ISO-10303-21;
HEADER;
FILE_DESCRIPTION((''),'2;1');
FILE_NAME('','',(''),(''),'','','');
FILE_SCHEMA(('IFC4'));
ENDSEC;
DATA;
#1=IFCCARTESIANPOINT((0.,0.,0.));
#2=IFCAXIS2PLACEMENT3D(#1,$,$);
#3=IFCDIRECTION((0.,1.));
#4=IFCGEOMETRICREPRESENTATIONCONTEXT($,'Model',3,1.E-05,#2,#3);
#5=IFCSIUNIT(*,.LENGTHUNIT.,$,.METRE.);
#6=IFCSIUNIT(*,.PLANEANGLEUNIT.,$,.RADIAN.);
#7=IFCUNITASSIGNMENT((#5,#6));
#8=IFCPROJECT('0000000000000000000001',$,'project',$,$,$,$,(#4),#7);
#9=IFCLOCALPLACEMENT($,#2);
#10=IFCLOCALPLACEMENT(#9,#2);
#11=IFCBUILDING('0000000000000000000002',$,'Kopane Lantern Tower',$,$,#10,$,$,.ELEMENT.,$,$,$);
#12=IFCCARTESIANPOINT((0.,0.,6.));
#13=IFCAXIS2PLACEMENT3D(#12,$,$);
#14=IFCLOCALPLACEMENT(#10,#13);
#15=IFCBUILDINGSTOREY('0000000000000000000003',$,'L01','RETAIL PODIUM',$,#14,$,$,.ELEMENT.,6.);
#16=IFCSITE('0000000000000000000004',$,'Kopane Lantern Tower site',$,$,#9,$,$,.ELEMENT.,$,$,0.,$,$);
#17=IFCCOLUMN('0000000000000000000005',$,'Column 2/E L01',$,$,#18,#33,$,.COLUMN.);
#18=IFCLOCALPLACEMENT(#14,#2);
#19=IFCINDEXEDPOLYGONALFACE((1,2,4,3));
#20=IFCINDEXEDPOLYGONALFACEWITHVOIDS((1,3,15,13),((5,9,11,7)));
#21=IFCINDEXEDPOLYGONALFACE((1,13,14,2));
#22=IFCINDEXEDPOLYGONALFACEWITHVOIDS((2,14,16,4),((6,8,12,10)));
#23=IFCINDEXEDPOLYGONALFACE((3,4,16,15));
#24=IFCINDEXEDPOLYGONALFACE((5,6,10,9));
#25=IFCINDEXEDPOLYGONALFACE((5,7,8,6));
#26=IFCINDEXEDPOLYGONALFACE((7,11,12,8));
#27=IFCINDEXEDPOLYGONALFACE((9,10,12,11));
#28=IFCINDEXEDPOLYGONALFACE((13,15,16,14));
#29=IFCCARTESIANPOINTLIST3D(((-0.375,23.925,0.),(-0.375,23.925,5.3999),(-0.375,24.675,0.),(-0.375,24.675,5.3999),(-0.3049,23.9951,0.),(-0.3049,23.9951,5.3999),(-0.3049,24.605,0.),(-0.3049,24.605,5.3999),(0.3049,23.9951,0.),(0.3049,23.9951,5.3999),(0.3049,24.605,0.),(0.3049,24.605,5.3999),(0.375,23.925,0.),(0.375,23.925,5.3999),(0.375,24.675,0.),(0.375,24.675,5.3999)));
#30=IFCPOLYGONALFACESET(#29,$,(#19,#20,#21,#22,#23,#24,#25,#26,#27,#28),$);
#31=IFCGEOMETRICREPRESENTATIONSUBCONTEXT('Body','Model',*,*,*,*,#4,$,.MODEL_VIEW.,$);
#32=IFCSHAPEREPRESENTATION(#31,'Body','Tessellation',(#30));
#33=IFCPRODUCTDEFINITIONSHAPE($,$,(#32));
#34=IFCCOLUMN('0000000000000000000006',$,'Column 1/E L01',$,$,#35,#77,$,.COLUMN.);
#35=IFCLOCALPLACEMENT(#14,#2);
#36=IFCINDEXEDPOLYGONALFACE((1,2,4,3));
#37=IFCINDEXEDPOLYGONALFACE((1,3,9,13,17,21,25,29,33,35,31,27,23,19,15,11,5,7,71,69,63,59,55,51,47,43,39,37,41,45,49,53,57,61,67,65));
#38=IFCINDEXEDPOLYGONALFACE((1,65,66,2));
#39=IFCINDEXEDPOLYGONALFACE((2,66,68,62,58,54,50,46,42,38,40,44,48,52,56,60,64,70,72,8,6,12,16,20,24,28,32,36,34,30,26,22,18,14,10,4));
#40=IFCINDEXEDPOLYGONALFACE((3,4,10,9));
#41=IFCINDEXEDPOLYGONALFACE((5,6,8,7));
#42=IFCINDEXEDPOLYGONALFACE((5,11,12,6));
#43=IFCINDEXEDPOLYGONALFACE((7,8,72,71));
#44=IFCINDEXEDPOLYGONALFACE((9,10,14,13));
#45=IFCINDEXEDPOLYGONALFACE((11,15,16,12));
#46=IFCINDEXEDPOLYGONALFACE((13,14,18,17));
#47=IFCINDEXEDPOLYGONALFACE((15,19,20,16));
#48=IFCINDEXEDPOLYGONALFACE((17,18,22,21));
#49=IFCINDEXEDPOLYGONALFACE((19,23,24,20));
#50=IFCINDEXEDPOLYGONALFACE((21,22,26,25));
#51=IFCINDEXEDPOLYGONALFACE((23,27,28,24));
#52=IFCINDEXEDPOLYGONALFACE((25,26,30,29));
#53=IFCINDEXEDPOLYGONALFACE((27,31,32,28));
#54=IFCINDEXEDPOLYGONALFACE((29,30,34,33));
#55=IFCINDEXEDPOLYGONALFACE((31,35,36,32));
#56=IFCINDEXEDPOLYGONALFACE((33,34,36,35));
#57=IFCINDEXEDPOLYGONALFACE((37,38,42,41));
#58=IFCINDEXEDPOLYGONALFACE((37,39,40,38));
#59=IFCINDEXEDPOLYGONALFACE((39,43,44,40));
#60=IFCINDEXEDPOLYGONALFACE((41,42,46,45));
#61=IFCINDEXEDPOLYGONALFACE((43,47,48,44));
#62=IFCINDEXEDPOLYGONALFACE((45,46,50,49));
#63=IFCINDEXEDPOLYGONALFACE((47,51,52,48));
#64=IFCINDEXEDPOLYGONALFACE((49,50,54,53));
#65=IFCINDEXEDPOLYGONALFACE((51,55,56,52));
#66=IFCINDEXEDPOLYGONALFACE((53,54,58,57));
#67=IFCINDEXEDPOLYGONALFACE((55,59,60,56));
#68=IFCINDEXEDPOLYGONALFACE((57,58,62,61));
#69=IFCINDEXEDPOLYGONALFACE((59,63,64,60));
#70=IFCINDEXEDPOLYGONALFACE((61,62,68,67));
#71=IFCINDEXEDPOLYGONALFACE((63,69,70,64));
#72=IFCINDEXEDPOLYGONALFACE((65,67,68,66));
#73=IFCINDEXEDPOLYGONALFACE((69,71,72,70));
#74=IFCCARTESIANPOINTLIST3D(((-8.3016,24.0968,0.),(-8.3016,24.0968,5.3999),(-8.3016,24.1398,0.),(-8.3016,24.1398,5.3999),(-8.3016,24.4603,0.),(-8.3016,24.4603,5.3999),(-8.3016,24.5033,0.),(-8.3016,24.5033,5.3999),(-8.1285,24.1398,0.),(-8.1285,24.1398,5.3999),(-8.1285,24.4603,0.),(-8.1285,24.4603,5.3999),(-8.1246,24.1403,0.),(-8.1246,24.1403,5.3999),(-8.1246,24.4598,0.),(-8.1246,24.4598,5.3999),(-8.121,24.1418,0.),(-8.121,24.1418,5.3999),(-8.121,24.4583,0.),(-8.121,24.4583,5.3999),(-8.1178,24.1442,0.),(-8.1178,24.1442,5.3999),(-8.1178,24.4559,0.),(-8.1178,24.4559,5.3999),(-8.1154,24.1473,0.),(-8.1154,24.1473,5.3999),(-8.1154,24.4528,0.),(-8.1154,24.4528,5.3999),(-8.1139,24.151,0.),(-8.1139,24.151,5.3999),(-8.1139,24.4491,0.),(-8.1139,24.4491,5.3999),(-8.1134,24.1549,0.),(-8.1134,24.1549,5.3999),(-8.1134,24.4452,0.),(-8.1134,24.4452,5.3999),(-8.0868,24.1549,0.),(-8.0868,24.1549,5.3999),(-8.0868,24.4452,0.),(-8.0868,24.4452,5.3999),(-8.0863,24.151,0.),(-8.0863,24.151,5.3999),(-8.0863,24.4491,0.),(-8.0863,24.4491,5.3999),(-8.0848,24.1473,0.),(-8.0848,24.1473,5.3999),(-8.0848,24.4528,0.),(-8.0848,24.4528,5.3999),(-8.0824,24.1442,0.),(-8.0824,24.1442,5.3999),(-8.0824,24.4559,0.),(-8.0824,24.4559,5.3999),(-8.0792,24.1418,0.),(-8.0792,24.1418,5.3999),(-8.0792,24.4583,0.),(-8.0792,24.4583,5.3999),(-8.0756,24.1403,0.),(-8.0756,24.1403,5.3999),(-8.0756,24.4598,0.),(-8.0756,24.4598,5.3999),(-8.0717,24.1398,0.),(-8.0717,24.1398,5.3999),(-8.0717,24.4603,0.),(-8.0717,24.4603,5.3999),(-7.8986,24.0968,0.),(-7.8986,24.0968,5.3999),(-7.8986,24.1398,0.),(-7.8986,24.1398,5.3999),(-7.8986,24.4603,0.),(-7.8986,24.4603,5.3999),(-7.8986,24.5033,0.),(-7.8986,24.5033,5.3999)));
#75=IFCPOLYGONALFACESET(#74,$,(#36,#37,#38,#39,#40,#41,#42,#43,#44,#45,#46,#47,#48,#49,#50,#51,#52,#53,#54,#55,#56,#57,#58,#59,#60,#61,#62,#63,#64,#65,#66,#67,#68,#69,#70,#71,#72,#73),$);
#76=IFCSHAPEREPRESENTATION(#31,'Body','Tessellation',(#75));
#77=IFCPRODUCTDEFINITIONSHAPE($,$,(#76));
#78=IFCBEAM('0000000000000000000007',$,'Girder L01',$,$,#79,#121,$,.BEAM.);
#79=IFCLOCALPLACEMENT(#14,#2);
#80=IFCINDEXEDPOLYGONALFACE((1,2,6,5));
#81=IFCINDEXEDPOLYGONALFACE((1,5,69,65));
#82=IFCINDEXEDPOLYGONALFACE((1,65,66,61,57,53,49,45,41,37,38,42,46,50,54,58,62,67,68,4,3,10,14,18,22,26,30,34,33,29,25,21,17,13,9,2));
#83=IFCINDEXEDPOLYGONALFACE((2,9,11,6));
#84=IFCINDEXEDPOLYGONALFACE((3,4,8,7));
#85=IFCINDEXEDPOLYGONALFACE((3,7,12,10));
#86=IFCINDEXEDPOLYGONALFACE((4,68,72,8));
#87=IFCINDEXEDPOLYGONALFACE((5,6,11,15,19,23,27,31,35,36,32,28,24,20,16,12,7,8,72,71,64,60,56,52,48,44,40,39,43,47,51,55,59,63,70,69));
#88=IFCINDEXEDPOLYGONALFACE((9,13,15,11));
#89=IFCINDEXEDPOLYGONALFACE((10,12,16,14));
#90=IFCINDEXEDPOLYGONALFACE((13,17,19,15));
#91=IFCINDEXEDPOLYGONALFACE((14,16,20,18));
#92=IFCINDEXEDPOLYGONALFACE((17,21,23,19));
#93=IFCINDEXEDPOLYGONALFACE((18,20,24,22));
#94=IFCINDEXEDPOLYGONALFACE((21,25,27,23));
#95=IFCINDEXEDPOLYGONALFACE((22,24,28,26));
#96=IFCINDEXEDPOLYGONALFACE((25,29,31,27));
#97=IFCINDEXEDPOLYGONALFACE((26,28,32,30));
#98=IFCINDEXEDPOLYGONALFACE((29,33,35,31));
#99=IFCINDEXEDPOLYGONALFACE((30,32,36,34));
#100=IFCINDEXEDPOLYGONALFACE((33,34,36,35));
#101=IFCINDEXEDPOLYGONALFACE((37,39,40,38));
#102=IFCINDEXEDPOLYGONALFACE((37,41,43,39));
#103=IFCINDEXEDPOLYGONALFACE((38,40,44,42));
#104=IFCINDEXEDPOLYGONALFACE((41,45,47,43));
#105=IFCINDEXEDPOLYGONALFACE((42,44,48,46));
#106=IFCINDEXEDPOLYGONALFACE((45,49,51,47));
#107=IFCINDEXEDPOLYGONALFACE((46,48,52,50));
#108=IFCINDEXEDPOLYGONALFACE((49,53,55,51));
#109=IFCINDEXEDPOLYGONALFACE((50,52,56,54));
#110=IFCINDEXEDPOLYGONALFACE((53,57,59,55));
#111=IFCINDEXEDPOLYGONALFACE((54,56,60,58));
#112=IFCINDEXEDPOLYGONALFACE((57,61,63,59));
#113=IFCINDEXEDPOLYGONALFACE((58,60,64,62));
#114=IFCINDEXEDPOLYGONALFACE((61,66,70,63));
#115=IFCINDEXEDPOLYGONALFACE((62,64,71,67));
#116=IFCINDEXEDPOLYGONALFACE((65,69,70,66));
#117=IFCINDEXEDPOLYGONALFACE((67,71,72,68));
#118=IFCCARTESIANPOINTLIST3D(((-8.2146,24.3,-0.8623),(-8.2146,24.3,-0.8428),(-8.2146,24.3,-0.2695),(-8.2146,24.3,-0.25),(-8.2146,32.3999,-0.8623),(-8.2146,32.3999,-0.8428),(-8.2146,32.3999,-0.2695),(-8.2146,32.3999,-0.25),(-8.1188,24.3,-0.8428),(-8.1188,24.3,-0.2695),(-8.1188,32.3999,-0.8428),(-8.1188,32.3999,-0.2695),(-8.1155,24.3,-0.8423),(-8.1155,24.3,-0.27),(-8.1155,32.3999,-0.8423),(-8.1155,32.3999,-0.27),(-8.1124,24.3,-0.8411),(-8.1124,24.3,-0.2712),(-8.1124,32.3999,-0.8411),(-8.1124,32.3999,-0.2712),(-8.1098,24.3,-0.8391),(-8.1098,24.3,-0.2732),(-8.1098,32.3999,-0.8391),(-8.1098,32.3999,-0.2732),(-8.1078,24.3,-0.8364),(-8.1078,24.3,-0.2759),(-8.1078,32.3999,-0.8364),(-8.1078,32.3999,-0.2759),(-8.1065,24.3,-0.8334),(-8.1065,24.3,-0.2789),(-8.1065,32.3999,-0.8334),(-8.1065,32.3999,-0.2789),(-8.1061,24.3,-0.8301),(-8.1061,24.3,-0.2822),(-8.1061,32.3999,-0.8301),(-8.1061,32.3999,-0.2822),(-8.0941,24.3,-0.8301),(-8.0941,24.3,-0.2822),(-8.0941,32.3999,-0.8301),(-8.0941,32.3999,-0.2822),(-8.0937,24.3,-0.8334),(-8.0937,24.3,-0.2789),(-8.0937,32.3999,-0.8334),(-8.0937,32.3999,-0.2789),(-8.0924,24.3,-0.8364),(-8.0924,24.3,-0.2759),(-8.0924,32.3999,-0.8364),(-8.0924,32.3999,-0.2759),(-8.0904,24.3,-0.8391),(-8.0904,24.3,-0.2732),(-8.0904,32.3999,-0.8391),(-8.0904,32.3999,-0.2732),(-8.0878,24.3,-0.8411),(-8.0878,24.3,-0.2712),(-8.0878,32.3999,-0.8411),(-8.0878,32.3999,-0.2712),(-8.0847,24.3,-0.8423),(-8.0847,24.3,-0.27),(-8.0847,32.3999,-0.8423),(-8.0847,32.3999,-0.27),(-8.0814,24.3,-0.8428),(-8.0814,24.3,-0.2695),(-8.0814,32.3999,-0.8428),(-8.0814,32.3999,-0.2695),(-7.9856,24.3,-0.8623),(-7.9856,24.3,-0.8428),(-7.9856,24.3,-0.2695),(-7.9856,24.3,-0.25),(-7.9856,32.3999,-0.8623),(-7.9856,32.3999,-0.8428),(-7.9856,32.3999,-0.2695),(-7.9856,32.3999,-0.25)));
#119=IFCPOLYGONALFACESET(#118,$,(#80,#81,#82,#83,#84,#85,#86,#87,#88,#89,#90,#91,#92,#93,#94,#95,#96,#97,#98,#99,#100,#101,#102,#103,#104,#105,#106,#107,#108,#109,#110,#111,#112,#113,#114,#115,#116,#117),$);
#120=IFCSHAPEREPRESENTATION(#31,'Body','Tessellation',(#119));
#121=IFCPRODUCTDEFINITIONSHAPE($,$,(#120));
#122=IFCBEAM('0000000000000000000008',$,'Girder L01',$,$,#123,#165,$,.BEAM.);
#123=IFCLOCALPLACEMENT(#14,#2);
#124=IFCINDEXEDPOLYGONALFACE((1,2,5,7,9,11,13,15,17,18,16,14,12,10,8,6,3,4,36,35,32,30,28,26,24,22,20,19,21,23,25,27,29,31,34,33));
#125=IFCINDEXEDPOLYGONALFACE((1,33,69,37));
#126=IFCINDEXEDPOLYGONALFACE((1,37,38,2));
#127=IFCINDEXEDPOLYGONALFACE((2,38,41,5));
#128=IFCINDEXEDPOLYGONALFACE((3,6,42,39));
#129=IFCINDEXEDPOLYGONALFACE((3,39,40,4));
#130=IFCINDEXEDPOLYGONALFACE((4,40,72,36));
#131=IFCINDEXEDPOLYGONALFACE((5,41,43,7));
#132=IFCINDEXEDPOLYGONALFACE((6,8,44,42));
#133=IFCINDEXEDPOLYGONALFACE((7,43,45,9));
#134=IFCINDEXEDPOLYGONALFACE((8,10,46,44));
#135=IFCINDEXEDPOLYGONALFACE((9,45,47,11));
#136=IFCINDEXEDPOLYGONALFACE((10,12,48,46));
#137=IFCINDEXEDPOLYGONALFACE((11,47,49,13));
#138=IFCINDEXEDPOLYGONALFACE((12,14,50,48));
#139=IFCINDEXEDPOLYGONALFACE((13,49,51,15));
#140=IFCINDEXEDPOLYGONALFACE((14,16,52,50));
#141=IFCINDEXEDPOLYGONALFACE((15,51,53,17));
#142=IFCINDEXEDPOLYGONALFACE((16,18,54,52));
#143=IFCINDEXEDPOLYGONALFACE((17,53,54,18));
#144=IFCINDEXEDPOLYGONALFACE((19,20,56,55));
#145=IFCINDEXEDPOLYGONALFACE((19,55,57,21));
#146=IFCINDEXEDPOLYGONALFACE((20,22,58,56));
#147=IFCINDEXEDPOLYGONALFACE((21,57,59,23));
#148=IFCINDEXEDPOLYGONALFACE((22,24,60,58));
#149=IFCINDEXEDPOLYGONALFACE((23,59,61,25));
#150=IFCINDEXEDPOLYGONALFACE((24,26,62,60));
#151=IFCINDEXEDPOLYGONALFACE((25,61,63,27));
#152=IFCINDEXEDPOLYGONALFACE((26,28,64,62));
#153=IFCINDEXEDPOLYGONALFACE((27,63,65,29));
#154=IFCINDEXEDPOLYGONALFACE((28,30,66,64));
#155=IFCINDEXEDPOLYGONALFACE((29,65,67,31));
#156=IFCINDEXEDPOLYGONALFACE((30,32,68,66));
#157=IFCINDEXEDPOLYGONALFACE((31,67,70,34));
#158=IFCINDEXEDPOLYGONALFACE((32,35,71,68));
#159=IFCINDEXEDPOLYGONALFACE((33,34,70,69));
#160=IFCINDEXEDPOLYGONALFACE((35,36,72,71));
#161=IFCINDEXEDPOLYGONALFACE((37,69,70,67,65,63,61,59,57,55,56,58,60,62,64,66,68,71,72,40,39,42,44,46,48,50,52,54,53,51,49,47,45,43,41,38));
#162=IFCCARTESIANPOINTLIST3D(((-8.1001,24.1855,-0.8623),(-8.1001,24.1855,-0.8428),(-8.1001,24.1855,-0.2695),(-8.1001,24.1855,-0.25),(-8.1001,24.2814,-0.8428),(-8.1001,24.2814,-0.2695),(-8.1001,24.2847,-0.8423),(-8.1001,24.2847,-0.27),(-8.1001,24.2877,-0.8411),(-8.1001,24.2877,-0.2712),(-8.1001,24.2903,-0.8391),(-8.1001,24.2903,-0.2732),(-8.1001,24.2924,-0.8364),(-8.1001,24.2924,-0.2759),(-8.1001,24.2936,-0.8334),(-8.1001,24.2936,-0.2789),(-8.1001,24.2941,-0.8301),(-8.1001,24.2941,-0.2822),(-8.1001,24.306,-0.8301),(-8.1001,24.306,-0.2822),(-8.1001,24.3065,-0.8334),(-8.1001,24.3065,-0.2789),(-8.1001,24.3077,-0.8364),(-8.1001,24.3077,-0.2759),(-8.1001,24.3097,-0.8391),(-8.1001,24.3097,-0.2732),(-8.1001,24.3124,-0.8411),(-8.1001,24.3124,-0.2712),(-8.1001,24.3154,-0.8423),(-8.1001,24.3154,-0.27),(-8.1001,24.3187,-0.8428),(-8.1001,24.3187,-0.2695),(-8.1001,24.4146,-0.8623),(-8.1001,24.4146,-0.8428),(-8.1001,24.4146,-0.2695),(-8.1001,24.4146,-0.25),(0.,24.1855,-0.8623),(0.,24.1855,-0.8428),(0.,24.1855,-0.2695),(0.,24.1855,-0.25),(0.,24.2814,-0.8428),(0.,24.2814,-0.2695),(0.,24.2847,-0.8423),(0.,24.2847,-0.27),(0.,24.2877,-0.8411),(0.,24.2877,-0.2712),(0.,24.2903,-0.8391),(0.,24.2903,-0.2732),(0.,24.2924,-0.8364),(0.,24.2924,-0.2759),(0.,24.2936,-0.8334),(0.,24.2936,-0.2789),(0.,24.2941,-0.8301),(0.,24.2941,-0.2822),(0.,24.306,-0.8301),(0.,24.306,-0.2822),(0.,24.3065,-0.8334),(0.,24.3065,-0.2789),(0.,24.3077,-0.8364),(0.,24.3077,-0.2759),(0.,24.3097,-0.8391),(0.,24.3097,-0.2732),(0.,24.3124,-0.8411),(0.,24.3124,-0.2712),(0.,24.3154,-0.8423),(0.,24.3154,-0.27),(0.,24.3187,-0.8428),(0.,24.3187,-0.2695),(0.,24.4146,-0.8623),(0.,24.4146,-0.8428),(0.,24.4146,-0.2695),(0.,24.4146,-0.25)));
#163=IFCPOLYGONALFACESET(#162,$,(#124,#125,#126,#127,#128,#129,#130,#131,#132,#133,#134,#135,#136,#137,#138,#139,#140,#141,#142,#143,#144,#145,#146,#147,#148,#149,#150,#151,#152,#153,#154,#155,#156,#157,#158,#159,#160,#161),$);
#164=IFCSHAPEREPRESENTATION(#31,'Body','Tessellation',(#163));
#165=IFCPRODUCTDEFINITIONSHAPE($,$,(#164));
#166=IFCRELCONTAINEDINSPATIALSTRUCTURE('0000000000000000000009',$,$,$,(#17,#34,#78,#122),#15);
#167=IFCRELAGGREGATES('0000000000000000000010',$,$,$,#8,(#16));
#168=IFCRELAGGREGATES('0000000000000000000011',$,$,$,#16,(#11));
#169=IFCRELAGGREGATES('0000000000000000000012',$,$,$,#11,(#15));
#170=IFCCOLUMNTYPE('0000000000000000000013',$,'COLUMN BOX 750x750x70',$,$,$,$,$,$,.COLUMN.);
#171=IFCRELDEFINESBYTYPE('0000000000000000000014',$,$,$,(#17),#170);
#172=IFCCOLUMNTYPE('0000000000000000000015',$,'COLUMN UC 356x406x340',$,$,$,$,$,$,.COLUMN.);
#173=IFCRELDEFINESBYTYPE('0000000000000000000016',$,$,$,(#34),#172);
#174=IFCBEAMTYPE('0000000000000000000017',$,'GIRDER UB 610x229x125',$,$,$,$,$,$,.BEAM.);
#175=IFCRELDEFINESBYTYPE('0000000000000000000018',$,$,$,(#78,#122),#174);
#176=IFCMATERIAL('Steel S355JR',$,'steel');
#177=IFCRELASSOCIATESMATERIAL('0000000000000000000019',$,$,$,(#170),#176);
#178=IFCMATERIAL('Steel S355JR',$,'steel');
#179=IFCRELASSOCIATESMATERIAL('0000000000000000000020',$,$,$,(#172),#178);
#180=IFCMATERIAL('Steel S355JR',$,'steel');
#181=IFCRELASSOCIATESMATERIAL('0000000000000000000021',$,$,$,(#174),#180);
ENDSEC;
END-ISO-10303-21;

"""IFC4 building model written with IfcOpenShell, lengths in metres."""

from ifc_helpers import new_model, si_unit, direction, frame, origin, origin_2d, place, context, subcontext, project, spatial, hollow_rectangle, i_section, extrude, material, material_profile, profile_set, type_object, element, save


model = new_model("IFC4")

# Units and contexts
model_context = context("Model", 3, precision=1e-05, world=origin(), true_north=direction((0.0, 1.0)))
body_context = subcontext(model_context, "Body", "Model", "MODEL_VIEW")
ifc_project = project(units=[si_unit("LENGTHUNIT", "METRE"), si_unit("PLANEANGLEUNIT", "RADIAN")], contexts=[model_context])

# Site, building, storey
site_placement = place(None, origin())
site = spatial("IfcSite", under=ifc_project, at=site_placement, Name="Kopane Lantern Tower site", CompositionType="ELEMENT", RefElevation=0.0)
building_placement = place(site_placement, origin())
building = spatial("IfcBuilding", under=site, at=building_placement, Name="Kopane Lantern Tower", CompositionType="ELEMENT")
storey_placement = place(building_placement, frame((0.0, 0.0, 6.0)))
storey = spatial("IfcBuildingStorey", under=building, at=storey_placement, Name="L01", Description="RETAIL PODIUM", CompositionType="ELEMENT", Elevation=6.0)

# Columns
ifc_material_1 = material(Name="Steel S355JR", Category="steel")
ifc_material_profile_1 = material_profile(ifc_material_1, hollow_rectangle(XDim=0.75, YDim=0.75, WallThickness=0.0701, at=origin_2d()), Name="BOX 750x750x70")
ifc_profile_set_1 = profile_set([ifc_material_profile_1], Name="Steel S355JR")
column_type_1 = type_object("IfcColumnType", Name="COLUMN BOX 750x750x70", PredefinedType="COLUMN", material=ifc_profile_set_1)
column_1_placement = place(storey_placement, frame((0.0, 24.3, 0.0), z_axis=(0.0, 0.0, 1.0), x_axis=(1.0, 0.0, 0.0)))
element("IfcColumn", 1, at=column_1_placement, inside=storey, type_object=column_type_1, Name="Column 2/E L01", PredefinedType="COLUMN", context=body_context, shape_type="SweptSolid", body=[
    extrude(hollow_rectangle(XDim=0.75, YDim=0.75, WallThickness=0.0701, at=origin_2d()), origin(), (0.0, 0.0, 1.0), 5.3999),
])
ifc_material_2 = material(Name="Steel S355JR", Category="steel")
ifc_material_profile_2 = material_profile(ifc_material_2, i_section(OverallWidth=0.4031, OverallDepth=0.4065, WebThickness=0.0266, FlangeThickness=0.043, FilletRadius=0.0151, at=origin_2d()), Name="UC 356x406x340")
ifc_profile_set_2 = profile_set([ifc_material_profile_2], Name="Steel S355JR")
column_type_2 = type_object("IfcColumnType", Name="COLUMN UC 356x406x340", PredefinedType="COLUMN", material=ifc_profile_set_2)
column_2_placement = place(storey_placement, frame((-8.1001, 24.3, 0.0), z_axis=(0.0, 0.0, 1.0), x_axis=(1.0, 0.0, 0.0)))
element("IfcColumn", 2, at=column_2_placement, inside=storey, type_object=column_type_2, Name="Column 1/E L01", PredefinedType="COLUMN", context=body_context, shape_type="SweptSolid", body=[
    extrude(i_section(OverallWidth=0.4031, OverallDepth=0.4065, WebThickness=0.0266, FlangeThickness=0.043, FilletRadius=0.0151, at=origin_2d()), origin(), (0.0, 0.0, 1.0), 5.3999),
])

# Beams
ifc_material_3 = material(Name="Steel S355JR", Category="steel")
ifc_material_profile_3 = material_profile(ifc_material_3, i_section(OverallWidth=0.229, OverallDepth=0.6123, WebThickness=0.012, FlangeThickness=0.0195, FilletRadius=0.0127, at=origin_2d()), Name="UB 610x229x125")
ifc_profile_set_3 = profile_set([ifc_material_profile_3], Name="Steel S355JR")
beam_type = type_object("IfcBeamType", Name="GIRDER UB 610x229x125", PredefinedType="BEAM", material=ifc_profile_set_3)
beam_1_placement = place(storey_placement, frame((-8.1001, 24.3, -0.5562), z_axis=(0.0, 1.0, 0.0), x_axis=(-1.0, 0.0, 0.0)))
element("IfcBeam", 3, at=beam_1_placement, inside=storey, type_object=beam_type, Name="Girder L01", PredefinedType="BEAM", context=body_context, shape_type="SweptSolid", body=[
    extrude(i_section(OverallWidth=0.229, OverallDepth=0.6123, WebThickness=0.012, FlangeThickness=0.0195, FilletRadius=0.0127, at=origin_2d()), origin(), (0.0, 0.0, 1.0), 8.0999),
])
beam_2_placement = place(storey_placement, frame((-8.1001, 24.3, -0.5562), z_axis=(1.0, 0.0, 0.0), x_axis=(0.0, 1.0, 0.0)))
element("IfcBeam", 4, at=beam_2_placement, inside=storey, type_object=beam_type, Name="Girder L01", PredefinedType="BEAM", context=body_context, shape_type="SweptSolid", body=[
    extrude(i_section(OverallWidth=0.229, OverallDepth=0.6123, WebThickness=0.012, FlangeThickness=0.0195, FilletRadius=0.0127, at=origin_2d()), origin(), (0.0, 0.0, 1.0), 8.1001),
])

save(model, "model.ifc")
